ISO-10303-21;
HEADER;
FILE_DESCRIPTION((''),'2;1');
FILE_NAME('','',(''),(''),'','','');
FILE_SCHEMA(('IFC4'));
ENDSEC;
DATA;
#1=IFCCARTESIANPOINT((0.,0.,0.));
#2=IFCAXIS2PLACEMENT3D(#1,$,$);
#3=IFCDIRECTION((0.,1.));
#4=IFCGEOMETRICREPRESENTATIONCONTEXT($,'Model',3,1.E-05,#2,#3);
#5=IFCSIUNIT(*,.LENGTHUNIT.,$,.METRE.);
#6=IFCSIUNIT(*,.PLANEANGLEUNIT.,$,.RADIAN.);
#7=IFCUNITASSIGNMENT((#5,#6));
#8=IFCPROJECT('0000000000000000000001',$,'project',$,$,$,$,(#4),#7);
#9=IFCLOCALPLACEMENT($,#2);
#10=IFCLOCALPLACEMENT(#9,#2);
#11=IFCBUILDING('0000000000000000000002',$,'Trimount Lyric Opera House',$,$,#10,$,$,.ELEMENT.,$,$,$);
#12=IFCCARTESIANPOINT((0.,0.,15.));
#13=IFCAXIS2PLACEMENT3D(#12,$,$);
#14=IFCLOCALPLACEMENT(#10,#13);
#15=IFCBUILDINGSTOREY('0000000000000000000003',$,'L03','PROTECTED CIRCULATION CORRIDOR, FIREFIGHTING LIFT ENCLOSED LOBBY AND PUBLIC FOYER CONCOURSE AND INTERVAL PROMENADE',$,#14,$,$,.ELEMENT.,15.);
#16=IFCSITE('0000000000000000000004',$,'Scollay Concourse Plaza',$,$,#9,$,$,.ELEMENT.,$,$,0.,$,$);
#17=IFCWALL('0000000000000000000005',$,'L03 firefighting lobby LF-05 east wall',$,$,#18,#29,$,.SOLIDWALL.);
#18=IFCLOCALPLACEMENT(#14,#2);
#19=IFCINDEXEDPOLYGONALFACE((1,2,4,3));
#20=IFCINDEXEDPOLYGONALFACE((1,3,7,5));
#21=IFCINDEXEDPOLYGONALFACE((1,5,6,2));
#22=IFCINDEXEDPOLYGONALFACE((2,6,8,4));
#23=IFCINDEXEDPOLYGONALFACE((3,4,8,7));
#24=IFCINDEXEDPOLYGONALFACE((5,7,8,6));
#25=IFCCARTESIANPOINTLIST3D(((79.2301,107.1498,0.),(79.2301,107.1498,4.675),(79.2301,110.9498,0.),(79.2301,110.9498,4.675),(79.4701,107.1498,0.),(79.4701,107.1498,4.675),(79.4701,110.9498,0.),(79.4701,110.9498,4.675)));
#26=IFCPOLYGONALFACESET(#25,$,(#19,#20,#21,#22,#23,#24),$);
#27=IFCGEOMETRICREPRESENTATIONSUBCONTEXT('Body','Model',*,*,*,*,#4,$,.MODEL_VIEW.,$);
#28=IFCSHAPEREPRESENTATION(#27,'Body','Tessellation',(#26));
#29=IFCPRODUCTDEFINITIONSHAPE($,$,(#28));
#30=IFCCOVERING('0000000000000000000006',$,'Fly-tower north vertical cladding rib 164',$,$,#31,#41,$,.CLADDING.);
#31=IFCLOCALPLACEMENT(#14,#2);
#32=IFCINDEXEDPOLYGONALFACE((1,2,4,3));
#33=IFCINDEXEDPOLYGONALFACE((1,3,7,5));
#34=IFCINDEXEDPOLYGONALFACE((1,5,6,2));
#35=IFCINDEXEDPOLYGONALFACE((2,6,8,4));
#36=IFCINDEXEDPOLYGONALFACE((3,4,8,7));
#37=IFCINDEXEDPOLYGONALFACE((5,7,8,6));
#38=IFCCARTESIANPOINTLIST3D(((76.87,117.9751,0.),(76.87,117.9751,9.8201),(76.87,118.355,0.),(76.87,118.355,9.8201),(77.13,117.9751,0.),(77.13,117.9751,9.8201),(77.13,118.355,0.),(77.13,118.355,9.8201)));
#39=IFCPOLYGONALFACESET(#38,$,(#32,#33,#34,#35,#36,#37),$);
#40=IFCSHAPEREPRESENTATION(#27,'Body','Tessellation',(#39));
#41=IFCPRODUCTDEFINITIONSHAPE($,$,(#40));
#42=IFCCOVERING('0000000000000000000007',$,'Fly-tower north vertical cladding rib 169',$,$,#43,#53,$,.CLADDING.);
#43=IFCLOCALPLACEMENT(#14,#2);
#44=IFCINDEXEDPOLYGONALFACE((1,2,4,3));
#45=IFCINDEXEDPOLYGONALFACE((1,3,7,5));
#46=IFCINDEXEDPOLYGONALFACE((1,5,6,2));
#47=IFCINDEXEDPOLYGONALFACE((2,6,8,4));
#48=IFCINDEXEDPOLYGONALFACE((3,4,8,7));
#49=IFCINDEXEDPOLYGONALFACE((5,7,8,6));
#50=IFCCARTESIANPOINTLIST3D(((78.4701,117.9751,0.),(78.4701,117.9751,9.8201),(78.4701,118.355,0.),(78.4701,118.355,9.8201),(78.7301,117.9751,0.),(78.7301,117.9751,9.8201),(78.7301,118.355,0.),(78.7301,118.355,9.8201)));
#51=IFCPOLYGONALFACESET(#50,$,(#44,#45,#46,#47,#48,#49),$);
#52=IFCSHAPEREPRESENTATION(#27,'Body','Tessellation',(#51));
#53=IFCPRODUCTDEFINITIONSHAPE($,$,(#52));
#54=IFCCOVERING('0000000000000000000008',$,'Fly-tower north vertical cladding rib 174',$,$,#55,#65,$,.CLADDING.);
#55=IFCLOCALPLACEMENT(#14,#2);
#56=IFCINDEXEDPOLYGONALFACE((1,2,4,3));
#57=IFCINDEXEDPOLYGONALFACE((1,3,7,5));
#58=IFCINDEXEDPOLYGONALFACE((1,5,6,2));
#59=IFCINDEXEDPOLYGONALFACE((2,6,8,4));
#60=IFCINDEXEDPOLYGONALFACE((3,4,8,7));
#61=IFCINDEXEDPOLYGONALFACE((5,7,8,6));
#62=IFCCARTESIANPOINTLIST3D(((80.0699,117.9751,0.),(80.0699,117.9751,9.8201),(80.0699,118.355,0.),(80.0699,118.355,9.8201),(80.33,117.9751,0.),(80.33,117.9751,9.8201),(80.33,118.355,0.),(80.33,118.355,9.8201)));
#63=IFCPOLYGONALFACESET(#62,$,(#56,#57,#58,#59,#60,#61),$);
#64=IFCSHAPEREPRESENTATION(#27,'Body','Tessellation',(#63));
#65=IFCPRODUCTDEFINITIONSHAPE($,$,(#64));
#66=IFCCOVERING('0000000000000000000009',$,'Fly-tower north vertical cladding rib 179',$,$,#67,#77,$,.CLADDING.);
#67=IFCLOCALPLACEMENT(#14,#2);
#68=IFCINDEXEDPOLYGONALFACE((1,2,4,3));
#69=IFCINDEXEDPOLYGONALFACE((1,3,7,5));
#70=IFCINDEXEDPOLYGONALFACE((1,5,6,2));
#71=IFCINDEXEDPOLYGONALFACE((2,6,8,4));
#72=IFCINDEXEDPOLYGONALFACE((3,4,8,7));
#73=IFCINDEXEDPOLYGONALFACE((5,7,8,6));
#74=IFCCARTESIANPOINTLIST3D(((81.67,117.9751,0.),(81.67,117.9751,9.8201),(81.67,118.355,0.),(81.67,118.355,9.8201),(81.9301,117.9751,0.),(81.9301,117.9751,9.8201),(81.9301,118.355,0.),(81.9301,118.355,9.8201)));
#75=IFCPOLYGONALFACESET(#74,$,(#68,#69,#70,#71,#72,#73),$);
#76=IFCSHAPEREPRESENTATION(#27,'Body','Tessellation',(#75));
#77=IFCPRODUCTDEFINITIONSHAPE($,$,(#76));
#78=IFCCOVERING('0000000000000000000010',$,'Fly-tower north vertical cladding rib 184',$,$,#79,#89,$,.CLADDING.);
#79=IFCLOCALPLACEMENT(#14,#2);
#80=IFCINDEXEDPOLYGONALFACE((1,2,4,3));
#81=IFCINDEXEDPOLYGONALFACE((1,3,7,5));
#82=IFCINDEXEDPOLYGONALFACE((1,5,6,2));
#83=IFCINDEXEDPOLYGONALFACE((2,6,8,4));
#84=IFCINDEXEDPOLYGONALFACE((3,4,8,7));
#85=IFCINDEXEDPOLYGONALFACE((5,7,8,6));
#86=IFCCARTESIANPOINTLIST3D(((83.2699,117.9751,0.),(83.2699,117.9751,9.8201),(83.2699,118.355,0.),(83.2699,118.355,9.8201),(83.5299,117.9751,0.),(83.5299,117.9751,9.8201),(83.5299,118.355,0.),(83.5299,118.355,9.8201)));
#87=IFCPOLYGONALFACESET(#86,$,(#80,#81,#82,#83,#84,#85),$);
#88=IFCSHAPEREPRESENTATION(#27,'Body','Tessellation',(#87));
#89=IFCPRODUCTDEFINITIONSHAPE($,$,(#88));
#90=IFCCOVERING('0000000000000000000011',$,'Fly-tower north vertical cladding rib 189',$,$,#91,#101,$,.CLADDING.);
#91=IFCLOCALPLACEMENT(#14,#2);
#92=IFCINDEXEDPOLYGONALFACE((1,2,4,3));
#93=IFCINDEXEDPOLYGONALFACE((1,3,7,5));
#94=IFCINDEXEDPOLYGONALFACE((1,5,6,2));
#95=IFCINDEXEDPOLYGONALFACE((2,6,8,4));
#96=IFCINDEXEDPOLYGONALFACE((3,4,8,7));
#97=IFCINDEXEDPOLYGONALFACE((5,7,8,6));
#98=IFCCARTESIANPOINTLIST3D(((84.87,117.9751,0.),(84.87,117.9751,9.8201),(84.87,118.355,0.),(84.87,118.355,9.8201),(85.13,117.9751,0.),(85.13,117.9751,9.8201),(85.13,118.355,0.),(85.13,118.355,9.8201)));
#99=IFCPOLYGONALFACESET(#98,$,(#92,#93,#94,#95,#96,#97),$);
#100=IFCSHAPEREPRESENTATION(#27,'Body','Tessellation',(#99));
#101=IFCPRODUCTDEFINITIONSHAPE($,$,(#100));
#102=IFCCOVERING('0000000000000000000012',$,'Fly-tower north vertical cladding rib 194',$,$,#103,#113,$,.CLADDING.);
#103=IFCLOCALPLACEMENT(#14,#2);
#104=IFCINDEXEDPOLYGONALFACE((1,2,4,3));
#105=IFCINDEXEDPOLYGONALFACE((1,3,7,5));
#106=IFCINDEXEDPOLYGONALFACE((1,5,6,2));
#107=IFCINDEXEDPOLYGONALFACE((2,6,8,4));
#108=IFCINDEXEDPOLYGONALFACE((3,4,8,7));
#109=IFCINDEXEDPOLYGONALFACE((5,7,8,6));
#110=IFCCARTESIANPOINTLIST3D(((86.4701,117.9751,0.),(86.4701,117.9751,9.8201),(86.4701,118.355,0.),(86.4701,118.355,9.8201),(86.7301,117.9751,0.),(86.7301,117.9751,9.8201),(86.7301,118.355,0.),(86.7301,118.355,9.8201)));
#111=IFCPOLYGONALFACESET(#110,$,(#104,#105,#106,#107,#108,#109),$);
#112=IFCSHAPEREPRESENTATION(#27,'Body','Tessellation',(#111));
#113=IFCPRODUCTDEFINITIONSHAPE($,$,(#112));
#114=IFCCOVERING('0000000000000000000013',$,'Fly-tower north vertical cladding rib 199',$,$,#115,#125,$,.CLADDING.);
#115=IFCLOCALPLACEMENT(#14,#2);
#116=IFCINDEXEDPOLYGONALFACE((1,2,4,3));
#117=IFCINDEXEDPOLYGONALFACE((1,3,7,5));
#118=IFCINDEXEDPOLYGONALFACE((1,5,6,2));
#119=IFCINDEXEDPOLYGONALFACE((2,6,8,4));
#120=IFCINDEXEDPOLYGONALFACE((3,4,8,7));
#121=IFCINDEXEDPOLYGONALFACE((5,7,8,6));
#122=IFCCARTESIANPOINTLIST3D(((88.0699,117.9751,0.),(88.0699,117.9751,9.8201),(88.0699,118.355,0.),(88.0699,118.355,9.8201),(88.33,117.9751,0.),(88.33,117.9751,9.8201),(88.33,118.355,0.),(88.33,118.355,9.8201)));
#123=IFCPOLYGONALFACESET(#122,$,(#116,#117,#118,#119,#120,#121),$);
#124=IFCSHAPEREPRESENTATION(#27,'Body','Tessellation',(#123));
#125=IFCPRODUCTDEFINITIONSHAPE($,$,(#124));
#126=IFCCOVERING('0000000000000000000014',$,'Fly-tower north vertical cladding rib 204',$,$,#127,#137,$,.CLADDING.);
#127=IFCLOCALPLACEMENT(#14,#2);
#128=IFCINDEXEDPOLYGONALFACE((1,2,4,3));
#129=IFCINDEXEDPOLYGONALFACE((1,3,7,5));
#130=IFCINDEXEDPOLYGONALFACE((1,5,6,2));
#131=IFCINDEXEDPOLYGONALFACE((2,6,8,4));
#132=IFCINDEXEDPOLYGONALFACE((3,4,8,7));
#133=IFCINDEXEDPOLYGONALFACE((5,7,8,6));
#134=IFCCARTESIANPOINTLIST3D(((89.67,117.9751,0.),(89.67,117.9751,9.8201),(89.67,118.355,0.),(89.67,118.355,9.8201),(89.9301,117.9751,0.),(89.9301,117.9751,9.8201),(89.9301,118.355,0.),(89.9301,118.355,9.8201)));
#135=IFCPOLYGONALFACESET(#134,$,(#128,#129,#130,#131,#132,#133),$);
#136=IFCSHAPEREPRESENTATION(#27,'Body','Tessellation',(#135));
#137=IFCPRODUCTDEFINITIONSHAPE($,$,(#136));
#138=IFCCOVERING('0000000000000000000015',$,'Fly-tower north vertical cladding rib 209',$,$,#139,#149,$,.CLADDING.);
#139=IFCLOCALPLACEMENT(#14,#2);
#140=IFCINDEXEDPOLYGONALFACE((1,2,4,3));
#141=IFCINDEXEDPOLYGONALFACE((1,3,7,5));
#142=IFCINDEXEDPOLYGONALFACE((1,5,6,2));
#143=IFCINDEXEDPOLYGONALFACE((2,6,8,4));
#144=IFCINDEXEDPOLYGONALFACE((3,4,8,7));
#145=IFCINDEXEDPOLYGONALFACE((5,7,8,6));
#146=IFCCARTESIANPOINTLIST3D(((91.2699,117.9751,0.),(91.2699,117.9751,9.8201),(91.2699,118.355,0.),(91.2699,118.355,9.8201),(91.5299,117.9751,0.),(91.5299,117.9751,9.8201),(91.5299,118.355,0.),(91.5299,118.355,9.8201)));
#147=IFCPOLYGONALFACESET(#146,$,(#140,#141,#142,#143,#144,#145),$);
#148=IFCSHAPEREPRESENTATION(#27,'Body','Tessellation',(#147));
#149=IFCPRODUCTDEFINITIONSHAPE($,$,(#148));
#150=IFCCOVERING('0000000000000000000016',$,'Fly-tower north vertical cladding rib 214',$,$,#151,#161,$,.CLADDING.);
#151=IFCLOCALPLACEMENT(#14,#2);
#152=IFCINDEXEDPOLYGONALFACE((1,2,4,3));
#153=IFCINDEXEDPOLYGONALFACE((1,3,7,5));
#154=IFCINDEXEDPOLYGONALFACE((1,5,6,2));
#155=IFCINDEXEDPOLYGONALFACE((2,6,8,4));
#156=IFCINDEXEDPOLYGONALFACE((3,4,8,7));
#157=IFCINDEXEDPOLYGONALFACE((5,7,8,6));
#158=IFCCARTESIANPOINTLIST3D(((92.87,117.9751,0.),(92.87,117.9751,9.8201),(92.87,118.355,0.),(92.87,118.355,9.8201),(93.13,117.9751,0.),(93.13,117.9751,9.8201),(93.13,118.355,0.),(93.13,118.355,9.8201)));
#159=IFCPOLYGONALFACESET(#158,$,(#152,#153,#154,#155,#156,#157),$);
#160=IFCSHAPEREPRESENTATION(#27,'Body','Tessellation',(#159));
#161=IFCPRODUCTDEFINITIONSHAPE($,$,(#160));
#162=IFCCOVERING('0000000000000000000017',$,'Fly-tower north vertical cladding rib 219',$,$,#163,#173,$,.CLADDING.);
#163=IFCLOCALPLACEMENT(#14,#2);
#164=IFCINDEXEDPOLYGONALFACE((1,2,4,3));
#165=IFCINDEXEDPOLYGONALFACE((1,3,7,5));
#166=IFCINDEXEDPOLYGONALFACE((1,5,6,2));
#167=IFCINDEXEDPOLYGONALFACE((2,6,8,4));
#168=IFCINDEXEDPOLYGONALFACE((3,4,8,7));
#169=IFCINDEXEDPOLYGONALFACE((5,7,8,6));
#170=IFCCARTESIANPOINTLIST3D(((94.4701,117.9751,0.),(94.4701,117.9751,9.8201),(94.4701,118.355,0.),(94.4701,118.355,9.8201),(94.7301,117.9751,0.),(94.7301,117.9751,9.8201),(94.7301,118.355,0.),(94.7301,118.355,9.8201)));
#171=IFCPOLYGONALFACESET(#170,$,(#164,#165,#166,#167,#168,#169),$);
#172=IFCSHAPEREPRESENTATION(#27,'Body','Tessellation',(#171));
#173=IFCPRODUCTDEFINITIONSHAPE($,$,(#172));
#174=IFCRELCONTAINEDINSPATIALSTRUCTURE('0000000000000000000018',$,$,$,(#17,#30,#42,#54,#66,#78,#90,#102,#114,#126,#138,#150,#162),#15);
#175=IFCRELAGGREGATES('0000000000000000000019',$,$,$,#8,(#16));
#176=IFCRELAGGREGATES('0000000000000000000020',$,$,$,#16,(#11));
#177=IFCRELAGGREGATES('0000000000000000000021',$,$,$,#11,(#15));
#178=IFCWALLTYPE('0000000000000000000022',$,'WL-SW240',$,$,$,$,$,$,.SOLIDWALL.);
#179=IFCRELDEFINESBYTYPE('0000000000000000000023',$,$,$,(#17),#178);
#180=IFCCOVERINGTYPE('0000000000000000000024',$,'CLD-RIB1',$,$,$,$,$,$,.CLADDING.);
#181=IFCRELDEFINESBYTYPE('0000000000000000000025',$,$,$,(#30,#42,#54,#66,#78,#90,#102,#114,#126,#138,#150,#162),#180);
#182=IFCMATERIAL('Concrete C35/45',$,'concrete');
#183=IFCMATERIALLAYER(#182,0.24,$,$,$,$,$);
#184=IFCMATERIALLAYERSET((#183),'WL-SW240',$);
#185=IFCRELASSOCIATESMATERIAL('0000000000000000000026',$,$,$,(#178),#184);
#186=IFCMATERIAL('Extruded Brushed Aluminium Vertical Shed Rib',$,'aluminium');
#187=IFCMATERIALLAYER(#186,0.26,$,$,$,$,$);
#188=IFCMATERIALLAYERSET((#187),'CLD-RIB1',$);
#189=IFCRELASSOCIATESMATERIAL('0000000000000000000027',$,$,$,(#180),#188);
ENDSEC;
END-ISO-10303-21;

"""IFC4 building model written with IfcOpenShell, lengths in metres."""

from ifc_helpers import new_model, si_unit, direction, frame, frame_2d, origin, origin_2d, place, context, subcontext, project, spatial, rectangle, extrude, material, layer, layer_set, type_object, element, save


model = new_model("IFC4")

# Units and contexts
model_context = context("Model", 3, precision=1e-05, world=origin(), true_north=direction((0.0, 1.0)))
body_context = subcontext(model_context, "Body", "Model", "MODEL_VIEW")
ifc_project = project(units=[si_unit("LENGTHUNIT", "METRE"), si_unit("PLANEANGLEUNIT", "RADIAN")], contexts=[model_context])

# Site, building, storey
site_placement = place(None, origin())
site = spatial("IfcSite", under=ifc_project, at=site_placement, Name="Scollay Concourse Plaza", CompositionType="ELEMENT", RefElevation=0.0)
building_placement = place(site_placement, origin())
building = spatial("IfcBuilding", under=site, at=building_placement, Name="Trimount Lyric Opera House", CompositionType="ELEMENT")
storey_placement = place(building_placement, frame((0.0, 0.0, 15.0)))
storey = spatial("IfcBuildingStorey", under=building, at=storey_placement, Name="L03", Description="PROTECTED CIRCULATION CORRIDOR, FIREFIGHTING LIFT ENCLOSED LOBBY AND PUBLIC FOYER CONCOURSE AND INTERVAL PROMENADE", CompositionType="ELEMENT", Elevation=15.0)

# Wall
ifc_material_1 = material(Name="Concrete C35/45", Category="concrete")
ifc_layer_1 = layer(ifc_material_1, 0.24)
ifc_layer_set_1 = layer_set([ifc_layer_1], Name="WL-SW240")
wall_type_1 = type_object("IfcWallType", Name="WL-SW240", PredefinedType="SOLIDWALL", material=ifc_layer_set_1)
wall_1_placement = place(storey_placement, frame((79.3501, 107.1499, 0.0), z_axis=(0.0, 0.0, 1.0), x_axis=(0.0, 1.0, 0.0)))
element("IfcWall", 1, at=wall_1_placement, inside=storey, type_object=wall_type_1, Name="L03 firefighting lobby LF-05 east wall", PredefinedType="SOLIDWALL", context=body_context, shape_type="SweptSolid", body=[
    extrude(rectangle(XDim=3.8, YDim=0.24, at=frame_2d((1.8999, 0.0))), origin(), (0.0, 0.0, 1.0), 4.675),
])

# Coverings
ifc_material_2 = material(Name="Extruded Brushed Aluminium Vertical Shed Rib", Category="aluminium")
ifc_layer_2 = layer(ifc_material_2, 0.26)
ifc_layer_set_2 = layer_set([ifc_layer_2], Name="CLD-RIB1")
covering_type = type_object("IfcCoveringType", Name="CLD-RIB1", PredefinedType="CLADDING", material=ifc_layer_set_2)
for number, where, z_axis, x_axis, name in (
    (2, (77.0, 118.165, 0.0), (0.0, 0.0, 1.0), (1.0, 0.0, 0.0), "Fly-tower north vertical cladding rib 164"),
    (3, (78.6001, 118.165, 0.0), (0.0, 0.0, 1.0), (1.0, 0.0, 0.0), "Fly-tower north vertical cladding rib 169"),
    (4, (80.2, 118.165, 0.0), (0.0, 0.0, 1.0), (1.0, 0.0, 0.0), "Fly-tower north vertical cladding rib 174"),
    (5, (81.8, 118.165, 0.0), (0.0, 0.0, 1.0), (1.0, 0.0, 0.0), "Fly-tower north vertical cladding rib 179"),
    (6, (83.3999, 118.165, 0.0), (0.0, 0.0, 1.0), (1.0, 0.0, 0.0), "Fly-tower north vertical cladding rib 184"),
    (7, (85.0, 118.165, 0.0), (0.0, 0.0, 1.0), (1.0, 0.0, 0.0), "Fly-tower north vertical cladding rib 189"),
    (8, (86.6001, 118.165, 0.0), (0.0, 0.0, 1.0), (1.0, 0.0, 0.0), "Fly-tower north vertical cladding rib 194"),
    (9, (88.2, 118.165, 0.0), (0.0, 0.0, 1.0), (1.0, 0.0, 0.0), "Fly-tower north vertical cladding rib 199"),
    (10, (89.8, 118.165, 0.0), (0.0, 0.0, 1.0), (1.0, 0.0, 0.0), "Fly-tower north vertical cladding rib 204"),
    (11, (91.3999, 118.165, 0.0), (0.0, 0.0, 1.0), (1.0, 0.0, 0.0), "Fly-tower north vertical cladding rib 209"),
    (12, (93.0, 118.165, 0.0), (0.0, 0.0, 1.0), (1.0, 0.0, 0.0), "Fly-tower north vertical cladding rib 214"),
    (13, (94.6001, 118.165, 0.0), (0.0, 0.0, 1.0), (1.0, 0.0, 0.0), "Fly-tower north vertical cladding rib 219"),
):
    element("IfcCovering", number, at=place(storey_placement, frame(where, z_axis=z_axis, x_axis=x_axis)), inside=storey, type_object=covering_type, Name=name, PredefinedType="CLADDING", context=body_context, shape_type="SweptSolid", body=[
        extrude(rectangle(XDim=0.26, YDim=0.3799, at=origin_2d()), origin(), (0.0, 0.0, 1.0), 9.8201),
    ])

save(model, "model.ifc")
